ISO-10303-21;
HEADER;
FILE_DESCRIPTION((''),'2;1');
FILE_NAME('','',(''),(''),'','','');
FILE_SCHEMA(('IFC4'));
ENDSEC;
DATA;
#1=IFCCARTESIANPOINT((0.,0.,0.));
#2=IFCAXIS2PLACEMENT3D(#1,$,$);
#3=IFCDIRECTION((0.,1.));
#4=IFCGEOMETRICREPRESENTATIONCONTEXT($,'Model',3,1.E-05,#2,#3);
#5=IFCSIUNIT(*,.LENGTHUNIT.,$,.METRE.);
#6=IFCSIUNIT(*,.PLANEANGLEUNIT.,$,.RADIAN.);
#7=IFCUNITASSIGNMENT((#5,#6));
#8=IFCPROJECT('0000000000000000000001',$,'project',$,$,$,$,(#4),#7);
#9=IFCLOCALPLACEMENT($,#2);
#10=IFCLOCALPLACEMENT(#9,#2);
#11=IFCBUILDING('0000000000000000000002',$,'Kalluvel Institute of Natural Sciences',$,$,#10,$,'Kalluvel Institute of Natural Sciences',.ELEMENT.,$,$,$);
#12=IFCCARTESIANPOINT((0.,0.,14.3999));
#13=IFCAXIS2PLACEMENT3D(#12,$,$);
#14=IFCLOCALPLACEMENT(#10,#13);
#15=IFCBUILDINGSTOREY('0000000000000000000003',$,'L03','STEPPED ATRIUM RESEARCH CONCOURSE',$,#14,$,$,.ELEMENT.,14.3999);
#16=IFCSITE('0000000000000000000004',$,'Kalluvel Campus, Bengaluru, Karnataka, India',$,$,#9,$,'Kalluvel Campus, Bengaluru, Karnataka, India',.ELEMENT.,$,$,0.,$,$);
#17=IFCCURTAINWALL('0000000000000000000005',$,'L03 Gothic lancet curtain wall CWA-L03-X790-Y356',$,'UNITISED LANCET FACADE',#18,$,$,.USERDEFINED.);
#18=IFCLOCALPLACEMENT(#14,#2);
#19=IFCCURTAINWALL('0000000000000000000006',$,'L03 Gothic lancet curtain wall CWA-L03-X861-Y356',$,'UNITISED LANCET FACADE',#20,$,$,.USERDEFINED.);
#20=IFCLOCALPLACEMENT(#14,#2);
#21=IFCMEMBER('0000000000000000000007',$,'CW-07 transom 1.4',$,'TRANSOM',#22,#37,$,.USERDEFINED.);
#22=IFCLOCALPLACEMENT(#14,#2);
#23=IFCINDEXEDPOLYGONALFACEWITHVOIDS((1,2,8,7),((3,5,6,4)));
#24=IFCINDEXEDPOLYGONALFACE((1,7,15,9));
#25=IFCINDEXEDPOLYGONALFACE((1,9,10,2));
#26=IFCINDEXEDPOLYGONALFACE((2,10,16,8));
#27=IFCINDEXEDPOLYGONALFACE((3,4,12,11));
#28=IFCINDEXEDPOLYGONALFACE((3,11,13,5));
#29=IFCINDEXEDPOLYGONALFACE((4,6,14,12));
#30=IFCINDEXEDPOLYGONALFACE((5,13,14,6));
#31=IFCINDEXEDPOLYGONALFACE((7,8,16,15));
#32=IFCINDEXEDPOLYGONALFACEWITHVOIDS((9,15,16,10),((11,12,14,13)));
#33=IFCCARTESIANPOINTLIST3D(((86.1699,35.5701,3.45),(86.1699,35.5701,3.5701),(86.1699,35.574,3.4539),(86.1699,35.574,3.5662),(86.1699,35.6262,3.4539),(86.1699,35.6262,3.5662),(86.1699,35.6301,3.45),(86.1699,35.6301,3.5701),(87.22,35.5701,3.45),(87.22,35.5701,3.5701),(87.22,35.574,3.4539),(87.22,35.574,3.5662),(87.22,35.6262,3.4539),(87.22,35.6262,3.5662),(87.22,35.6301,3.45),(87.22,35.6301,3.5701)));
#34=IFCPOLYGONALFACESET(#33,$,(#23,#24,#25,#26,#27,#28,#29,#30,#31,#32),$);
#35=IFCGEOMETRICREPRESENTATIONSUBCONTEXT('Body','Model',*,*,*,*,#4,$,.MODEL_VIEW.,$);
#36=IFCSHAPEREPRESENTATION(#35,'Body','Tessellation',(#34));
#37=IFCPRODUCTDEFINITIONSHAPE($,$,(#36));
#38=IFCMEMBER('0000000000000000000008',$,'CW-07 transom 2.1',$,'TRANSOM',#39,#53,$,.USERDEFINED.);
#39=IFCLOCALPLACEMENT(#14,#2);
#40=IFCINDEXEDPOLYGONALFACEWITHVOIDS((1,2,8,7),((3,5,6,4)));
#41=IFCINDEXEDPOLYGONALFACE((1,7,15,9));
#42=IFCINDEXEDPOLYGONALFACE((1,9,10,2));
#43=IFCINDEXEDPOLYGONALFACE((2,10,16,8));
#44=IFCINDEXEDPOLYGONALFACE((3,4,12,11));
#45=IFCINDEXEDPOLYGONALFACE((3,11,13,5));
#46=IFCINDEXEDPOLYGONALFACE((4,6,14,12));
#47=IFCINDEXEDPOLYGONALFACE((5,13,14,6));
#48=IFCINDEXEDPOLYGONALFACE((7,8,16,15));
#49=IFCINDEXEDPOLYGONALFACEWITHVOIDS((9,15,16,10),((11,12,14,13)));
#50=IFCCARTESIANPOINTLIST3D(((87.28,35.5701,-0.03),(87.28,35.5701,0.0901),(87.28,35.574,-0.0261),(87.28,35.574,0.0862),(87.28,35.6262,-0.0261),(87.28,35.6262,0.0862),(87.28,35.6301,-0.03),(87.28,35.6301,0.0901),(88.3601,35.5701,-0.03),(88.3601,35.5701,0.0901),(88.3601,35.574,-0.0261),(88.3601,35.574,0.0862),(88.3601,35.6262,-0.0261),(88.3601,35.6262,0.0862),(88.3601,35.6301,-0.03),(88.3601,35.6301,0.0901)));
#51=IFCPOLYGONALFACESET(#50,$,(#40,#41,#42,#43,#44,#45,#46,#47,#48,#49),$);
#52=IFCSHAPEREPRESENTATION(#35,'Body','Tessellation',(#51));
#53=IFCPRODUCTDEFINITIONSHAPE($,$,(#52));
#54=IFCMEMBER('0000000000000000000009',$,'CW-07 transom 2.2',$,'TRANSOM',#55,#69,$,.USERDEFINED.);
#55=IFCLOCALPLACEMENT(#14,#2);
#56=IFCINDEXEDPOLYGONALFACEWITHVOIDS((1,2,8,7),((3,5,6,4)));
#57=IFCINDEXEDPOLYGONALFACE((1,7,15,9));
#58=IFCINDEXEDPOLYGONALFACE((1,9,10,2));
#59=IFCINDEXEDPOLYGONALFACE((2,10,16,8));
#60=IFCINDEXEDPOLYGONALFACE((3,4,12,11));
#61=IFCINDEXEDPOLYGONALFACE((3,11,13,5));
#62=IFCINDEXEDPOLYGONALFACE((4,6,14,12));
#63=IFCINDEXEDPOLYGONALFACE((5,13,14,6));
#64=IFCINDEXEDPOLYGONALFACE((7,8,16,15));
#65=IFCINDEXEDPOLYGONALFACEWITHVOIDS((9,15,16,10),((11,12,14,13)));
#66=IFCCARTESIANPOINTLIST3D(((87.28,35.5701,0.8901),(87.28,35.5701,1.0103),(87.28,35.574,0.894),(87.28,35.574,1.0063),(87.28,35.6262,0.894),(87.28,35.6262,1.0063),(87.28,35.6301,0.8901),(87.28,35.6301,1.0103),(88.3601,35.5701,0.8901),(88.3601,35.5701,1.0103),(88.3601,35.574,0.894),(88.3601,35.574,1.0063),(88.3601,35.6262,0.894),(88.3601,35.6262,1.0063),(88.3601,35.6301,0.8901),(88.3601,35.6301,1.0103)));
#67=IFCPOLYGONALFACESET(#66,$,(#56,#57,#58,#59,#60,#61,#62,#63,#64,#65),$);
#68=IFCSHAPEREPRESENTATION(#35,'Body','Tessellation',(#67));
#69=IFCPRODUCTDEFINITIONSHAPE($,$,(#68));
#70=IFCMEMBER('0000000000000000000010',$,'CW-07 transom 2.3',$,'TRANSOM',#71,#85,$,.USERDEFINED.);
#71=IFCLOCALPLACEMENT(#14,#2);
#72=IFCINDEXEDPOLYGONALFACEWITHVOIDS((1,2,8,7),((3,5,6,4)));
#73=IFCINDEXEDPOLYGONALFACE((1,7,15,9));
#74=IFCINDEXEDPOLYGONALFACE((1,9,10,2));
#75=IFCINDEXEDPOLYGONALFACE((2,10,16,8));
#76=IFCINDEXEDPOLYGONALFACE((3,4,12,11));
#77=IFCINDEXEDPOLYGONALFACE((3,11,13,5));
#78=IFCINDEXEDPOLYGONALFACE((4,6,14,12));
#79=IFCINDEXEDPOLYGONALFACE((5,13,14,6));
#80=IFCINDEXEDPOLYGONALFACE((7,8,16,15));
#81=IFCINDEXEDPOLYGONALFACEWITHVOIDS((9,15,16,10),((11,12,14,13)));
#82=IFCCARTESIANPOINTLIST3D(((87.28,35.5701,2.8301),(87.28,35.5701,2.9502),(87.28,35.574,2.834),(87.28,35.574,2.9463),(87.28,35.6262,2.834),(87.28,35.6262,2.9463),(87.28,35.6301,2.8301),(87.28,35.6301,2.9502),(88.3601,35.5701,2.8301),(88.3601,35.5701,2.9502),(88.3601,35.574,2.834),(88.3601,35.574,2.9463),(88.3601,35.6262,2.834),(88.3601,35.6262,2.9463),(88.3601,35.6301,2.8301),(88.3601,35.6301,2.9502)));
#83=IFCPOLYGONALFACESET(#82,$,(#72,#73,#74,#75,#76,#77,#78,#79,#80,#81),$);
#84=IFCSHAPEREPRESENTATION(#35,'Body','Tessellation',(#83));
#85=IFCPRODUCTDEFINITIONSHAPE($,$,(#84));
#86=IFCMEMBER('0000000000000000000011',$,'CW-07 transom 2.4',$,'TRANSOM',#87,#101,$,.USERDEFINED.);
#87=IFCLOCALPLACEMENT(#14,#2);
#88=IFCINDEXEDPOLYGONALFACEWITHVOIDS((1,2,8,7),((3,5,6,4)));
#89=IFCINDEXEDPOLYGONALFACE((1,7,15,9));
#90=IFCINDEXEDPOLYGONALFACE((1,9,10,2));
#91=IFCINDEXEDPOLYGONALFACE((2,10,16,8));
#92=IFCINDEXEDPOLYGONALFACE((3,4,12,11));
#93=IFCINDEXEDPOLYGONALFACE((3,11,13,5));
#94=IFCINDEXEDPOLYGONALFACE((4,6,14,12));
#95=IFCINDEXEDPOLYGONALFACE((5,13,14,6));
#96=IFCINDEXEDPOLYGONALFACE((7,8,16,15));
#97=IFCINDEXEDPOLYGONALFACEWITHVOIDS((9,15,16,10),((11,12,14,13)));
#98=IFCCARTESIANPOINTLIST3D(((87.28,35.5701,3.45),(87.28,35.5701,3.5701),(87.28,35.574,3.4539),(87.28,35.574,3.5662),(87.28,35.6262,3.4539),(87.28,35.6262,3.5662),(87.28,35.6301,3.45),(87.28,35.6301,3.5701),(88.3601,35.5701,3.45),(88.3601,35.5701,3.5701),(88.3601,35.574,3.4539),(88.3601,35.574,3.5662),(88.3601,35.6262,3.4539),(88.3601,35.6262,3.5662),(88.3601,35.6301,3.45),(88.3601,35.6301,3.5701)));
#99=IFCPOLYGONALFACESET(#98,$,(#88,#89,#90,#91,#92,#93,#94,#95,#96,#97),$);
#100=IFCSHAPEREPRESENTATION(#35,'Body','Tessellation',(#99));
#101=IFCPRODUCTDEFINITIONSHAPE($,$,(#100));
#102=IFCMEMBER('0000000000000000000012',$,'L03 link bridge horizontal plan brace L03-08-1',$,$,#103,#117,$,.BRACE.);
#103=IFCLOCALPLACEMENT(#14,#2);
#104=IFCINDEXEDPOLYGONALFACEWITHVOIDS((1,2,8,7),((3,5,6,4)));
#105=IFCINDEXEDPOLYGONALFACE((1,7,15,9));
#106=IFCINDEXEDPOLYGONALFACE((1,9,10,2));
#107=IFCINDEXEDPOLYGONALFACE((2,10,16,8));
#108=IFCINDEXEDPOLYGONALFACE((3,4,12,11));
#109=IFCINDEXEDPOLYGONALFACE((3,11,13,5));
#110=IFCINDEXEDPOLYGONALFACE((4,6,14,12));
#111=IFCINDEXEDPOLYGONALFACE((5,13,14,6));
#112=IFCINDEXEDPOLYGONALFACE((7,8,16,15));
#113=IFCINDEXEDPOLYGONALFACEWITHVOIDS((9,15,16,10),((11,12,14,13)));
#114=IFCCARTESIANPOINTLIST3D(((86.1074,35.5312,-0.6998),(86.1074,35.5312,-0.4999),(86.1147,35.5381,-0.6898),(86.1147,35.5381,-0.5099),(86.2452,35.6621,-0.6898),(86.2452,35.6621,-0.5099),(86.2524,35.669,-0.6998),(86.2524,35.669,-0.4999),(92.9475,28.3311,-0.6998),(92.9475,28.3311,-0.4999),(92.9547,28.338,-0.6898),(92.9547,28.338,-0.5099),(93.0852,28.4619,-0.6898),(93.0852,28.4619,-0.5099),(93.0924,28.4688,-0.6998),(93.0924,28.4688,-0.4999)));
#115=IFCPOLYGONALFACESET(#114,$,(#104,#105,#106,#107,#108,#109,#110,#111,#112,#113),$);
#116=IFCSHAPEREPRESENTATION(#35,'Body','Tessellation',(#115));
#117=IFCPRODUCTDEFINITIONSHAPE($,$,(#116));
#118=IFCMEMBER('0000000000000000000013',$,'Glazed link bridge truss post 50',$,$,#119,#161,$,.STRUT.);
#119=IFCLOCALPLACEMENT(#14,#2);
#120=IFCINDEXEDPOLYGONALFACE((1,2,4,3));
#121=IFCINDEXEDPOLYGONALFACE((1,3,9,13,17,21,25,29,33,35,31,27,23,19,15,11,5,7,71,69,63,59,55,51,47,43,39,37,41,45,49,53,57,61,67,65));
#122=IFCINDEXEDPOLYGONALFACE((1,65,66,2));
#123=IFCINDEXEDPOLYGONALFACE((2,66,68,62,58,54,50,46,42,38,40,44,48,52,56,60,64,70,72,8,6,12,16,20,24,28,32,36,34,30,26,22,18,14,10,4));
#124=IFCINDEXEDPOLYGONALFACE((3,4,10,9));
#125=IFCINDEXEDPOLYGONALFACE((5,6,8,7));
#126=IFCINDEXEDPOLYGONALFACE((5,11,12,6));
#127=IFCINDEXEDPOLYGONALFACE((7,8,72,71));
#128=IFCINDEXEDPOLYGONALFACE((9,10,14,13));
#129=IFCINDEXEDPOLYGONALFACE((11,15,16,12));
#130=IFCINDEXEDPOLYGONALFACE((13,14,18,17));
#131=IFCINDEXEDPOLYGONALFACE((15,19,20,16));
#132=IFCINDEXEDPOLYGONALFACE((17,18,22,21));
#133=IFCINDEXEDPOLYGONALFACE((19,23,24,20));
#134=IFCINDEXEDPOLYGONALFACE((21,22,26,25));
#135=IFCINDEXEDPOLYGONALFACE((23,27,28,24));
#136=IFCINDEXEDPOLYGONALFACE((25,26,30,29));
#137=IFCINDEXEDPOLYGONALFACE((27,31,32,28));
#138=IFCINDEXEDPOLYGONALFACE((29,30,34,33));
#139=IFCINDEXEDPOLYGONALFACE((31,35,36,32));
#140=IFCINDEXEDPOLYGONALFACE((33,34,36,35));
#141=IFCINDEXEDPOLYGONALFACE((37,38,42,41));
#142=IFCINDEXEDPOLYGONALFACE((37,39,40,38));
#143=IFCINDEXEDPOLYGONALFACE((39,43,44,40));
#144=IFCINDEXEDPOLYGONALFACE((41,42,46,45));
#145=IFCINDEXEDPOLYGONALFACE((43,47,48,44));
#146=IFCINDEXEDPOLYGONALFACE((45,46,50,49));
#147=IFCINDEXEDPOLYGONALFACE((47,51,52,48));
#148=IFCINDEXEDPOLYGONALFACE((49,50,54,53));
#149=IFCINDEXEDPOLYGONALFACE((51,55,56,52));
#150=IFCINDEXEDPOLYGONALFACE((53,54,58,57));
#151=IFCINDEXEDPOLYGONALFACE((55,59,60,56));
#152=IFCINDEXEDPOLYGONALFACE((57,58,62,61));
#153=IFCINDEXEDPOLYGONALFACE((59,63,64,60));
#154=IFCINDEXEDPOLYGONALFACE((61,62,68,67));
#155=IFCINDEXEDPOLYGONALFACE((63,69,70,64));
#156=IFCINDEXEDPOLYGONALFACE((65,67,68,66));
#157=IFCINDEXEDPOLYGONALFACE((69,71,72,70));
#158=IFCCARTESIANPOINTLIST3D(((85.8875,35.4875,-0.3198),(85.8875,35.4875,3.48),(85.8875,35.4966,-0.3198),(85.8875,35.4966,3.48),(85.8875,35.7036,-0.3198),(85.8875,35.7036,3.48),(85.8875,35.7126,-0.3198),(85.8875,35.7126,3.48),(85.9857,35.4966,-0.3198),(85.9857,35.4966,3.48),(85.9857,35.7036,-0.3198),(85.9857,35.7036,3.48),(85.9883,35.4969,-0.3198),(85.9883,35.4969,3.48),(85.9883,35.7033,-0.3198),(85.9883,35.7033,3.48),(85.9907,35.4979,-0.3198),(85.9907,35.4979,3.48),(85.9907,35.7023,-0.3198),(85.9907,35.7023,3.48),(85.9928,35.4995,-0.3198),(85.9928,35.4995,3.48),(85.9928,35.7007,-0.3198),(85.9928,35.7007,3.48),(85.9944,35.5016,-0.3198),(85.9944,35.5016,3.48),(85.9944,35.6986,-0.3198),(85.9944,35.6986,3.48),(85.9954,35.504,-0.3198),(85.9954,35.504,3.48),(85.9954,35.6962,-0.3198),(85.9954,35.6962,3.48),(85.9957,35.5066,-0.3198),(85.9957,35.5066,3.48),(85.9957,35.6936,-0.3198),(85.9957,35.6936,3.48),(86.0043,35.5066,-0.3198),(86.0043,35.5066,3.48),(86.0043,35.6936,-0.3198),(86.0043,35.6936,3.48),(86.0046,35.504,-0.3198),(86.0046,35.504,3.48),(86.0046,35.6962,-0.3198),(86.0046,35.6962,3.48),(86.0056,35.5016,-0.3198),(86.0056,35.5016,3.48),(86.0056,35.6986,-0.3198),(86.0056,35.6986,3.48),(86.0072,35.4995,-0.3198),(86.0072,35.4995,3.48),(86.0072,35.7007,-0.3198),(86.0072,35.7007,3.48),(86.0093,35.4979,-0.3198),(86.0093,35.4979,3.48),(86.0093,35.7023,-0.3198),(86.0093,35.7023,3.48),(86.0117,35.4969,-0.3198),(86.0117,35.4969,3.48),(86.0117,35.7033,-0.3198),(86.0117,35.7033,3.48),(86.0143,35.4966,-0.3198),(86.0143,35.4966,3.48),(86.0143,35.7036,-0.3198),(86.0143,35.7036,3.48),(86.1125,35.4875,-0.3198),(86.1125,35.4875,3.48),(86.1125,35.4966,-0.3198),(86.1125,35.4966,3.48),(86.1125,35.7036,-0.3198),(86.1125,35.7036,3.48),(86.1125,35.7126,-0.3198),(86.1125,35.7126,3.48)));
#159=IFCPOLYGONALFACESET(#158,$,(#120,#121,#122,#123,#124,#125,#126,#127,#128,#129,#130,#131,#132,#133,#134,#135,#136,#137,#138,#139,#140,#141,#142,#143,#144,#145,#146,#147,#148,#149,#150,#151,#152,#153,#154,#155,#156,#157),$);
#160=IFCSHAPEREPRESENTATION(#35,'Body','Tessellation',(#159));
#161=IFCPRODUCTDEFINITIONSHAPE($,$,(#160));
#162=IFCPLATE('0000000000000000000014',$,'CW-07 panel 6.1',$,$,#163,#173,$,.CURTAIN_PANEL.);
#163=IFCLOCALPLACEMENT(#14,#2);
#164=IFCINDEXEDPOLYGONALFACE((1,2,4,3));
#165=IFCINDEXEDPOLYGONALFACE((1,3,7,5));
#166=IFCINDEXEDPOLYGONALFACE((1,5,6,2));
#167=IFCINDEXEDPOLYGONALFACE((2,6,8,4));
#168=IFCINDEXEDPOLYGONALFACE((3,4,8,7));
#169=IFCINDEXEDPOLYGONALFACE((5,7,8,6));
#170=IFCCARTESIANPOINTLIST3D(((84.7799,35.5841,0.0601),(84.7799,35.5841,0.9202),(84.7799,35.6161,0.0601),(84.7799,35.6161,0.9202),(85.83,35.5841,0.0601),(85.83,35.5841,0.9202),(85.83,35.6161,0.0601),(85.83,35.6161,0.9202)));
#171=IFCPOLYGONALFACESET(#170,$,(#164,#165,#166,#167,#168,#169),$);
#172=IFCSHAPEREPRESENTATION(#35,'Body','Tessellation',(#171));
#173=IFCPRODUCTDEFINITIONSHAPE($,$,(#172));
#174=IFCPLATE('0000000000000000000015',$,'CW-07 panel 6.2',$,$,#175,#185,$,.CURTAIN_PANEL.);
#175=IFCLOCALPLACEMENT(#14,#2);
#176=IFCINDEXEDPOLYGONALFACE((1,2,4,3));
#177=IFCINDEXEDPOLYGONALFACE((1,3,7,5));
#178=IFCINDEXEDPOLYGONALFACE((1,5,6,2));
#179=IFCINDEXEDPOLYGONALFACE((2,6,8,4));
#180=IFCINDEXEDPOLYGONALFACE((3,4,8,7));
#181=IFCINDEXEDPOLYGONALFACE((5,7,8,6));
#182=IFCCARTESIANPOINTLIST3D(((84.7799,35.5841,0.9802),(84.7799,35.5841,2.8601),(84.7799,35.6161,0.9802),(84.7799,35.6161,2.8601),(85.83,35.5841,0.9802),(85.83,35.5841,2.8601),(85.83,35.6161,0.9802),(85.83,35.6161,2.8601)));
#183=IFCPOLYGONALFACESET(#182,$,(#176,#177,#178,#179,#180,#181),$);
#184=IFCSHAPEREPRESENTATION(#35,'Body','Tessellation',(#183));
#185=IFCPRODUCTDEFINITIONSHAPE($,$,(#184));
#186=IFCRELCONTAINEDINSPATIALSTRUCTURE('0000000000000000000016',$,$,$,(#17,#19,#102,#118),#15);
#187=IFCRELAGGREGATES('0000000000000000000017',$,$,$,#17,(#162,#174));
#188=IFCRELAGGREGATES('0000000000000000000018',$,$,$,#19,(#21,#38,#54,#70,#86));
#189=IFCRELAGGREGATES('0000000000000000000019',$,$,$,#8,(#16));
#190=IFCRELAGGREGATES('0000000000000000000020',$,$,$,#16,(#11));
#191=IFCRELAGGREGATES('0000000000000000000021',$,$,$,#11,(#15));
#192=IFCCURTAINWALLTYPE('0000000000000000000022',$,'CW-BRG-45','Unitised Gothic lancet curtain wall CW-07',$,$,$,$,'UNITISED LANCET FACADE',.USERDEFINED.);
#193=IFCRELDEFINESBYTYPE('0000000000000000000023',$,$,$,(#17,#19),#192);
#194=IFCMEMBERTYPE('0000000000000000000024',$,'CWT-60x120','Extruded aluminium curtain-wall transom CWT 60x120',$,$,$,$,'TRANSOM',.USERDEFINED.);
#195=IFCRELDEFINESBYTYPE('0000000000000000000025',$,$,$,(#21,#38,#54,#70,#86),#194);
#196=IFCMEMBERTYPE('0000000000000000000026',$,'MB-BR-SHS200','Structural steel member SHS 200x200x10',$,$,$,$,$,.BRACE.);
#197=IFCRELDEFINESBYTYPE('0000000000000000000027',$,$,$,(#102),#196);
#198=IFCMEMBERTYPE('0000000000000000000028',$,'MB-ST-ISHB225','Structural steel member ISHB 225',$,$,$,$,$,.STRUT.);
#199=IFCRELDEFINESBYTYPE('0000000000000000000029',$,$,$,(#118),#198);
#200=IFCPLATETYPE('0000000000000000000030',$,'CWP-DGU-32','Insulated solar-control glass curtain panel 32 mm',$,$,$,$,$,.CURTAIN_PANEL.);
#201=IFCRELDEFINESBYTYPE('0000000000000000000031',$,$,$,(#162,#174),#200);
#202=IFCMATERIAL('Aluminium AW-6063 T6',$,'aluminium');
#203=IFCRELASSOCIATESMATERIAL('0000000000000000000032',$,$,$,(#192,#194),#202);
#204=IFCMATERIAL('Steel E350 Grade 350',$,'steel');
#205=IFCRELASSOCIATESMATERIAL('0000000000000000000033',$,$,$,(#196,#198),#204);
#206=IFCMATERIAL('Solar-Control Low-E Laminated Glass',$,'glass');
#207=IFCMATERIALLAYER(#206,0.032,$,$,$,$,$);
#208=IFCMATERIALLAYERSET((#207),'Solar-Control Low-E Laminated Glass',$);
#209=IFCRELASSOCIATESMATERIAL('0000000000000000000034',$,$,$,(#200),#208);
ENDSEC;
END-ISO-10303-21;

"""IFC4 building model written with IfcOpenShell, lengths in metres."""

from ifc_helpers import new_model, si_unit, direction, frame, origin, origin_2d, place, context, subcontext, project, spatial, rectangle, hollow_rectangle, i_section, extrude, material, layer, layer_set, material_profile, profile_set, type_object, element, aggregate, save


model = new_model("IFC4")

# Units and contexts
model_context = context("Model", 3, precision=1e-05, world=origin(), true_north=direction((0.0, 1.0)))
body_context = subcontext(model_context, "Body", "Model", "MODEL_VIEW")
ifc_project = project(units=[si_unit("LENGTHUNIT", "METRE"), si_unit("PLANEANGLEUNIT", "RADIAN")], contexts=[model_context])

# Site, building, storey
site_placement = place(None, origin())
site = spatial("IfcSite", under=ifc_project, at=site_placement, Name="Kalluvel Campus, Bengaluru, Karnataka, India", LongName="Kalluvel Campus, Bengaluru, Karnataka, India", CompositionType="ELEMENT", RefElevation=0.0)
building_placement = place(site_placement, origin())
building = spatial("IfcBuilding", under=site, at=building_placement, Name="Kalluvel Institute of Natural Sciences", LongName="Kalluvel Institute of Natural Sciences", CompositionType="ELEMENT")
storey_placement = place(building_placement, frame((0.0, 0.0, 14.3999)))
storey = spatial("IfcBuildingStorey", under=building, at=storey_placement, Name="L03", Description="STEPPED ATRIUM RESEARCH CONCOURSE", CompositionType="ELEMENT", Elevation=14.3999)

# Curtain walls
ifc_material_1 = material(Name="Aluminium AW-6063 T6", Category="aluminium")
curtain_wall_type = type_object("IfcCurtainWallType", Name="CW-BRG-45", Description="Unitised Gothic lancet curtain wall CW-07", ElementType="UNITISED LANCET FACADE", PredefinedType="USERDEFINED", material=ifc_material_1)
curtain_wall_1_placement = place(storey_placement, origin())
curtain_wall_1 = element("IfcCurtainWall", 1, at=curtain_wall_1_placement, inside=storey, type_object=curtain_wall_type, Name="L03 Gothic lancet curtain wall CWA-L03-X790-Y356", ObjectType="UNITISED LANCET FACADE", PredefinedType="USERDEFINED")
curtain_wall_2_placement = place(storey_placement, origin())
curtain_wall_2 = element("IfcCurtainWall", 2, at=curtain_wall_2_placement, inside=storey, type_object=curtain_wall_type, Name="L03 Gothic lancet curtain wall CWA-L03-X861-Y356", ObjectType="UNITISED LANCET FACADE", PredefinedType="USERDEFINED")

# Members
ifc_material_profile_1 = material_profile(ifc_material_1, hollow_rectangle(XDim=0.0601, YDim=0.1201, WallThickness=0.0039, at=origin_2d()), Name="CWT 60x120")
ifc_profile_set_1 = profile_set([ifc_material_profile_1], Name="Aluminium AW-6063 T6")
member_type_1 = type_object("IfcMemberType", Name="CWT-60x120", Description="Extruded aluminium curtain-wall transom CWT 60x120", ElementType="TRANSOM", PredefinedType="USERDEFINED", material=ifc_profile_set_1)
member_1_placement = place(storey_placement, frame((86.1699, 35.6001, 3.51), z_axis=(1.0, 0.0, 0.0), x_axis=(0.0, 1.0, 0.0)))
member_1 = element("IfcMember", 3, at=member_1_placement, type_object=member_type_1, Name="CW-07 transom 1.4", ObjectType="TRANSOM", PredefinedType="USERDEFINED", context=body_context, shape_type="SweptSolid", body=[
    extrude(hollow_rectangle(XDim=0.0601, YDim=0.1201, WallThickness=0.0039, at=origin_2d()), origin(), (0.0, 0.0, 1.0), 1.05),
])
member_2_placement = place(storey_placement, frame((87.28, 35.6001, 0.03), z_axis=(1.0, 0.0, 0.0), x_axis=(0.0, 1.0, 0.0)))
member_2 = element("IfcMember", 4, at=member_2_placement, type_object=member_type_1, Name="CW-07 transom 2.1", ObjectType="TRANSOM", PredefinedType="USERDEFINED", context=body_context, shape_type="SweptSolid", body=[
    extrude(hollow_rectangle(XDim=0.0601, YDim=0.1201, WallThickness=0.0039, at=origin_2d()), origin(), (0.0, 0.0, 1.0), 1.0801),
])
member_3_placement = place(storey_placement, frame((87.28, 35.6001, 0.9502), z_axis=(1.0, 0.0, 0.0), x_axis=(0.0, 1.0, 0.0)))
member_3 = element("IfcMember", 5, at=member_3_placement, type_object=member_type_1, Name="CW-07 transom 2.2", ObjectType="TRANSOM", PredefinedType="USERDEFINED", context=body_context, shape_type="SweptSolid", body=[
    extrude(hollow_rectangle(XDim=0.0601, YDim=0.1201, WallThickness=0.0039, at=origin_2d()), origin(), (0.0, 0.0, 1.0), 1.0801),
])
member_4_placement = place(storey_placement, frame((87.28, 35.6001, 2.8901), z_axis=(1.0, 0.0, 0.0), x_axis=(0.0, 1.0, 0.0)))
member_4 = element("IfcMember", 6, at=member_4_placement, type_object=member_type_1, Name="CW-07 transom 2.3", ObjectType="TRANSOM", PredefinedType="USERDEFINED", context=body_context, shape_type="SweptSolid", body=[
    extrude(hollow_rectangle(XDim=0.0601, YDim=0.1201, WallThickness=0.0039, at=origin_2d()), origin(), (0.0, 0.0, 1.0), 1.0801),
])
member_5_placement = place(storey_placement, frame((87.28, 35.6001, 3.51), z_axis=(1.0, 0.0, 0.0), x_axis=(0.0, 1.0, 0.0)))
member_5 = element("IfcMember", 7, at=member_5_placement, type_object=member_type_1, Name="CW-07 transom 2.4", ObjectType="TRANSOM", PredefinedType="USERDEFINED", context=body_context, shape_type="SweptSolid", body=[
    extrude(hollow_rectangle(XDim=0.0601, YDim=0.1201, WallThickness=0.0039, at=origin_2d()), origin(), (0.0, 0.0, 1.0), 1.0801),
])

# Members
ifc_material_2 = material(Name="Steel E350 Grade 350", Category="steel")
ifc_material_profile_2 = material_profile(ifc_material_2, hollow_rectangle(XDim=0.2, YDim=0.2, WallThickness=0.01, at=origin_2d()), Name="SHS 200x200x10")
ifc_profile_set_2 = profile_set([ifc_material_profile_2], Name="Steel E350 Grade 350")
member_type_2 = type_object("IfcMemberType", Name="MB-BR-SHS200", Description="Structural steel member SHS 200x200x10", PredefinedType="BRACE", material=ifc_profile_set_2)
member_6_placement = place(storey_placement, frame((86.1799, 35.6001, -0.5999), z_axis=(0.688744, -0.725004, 0.0), x_axis=(0.725004, 0.688744, 0.0)))
element("IfcMember", 8, at=member_6_placement, inside=storey, type_object=member_type_2, Name="L03 link bridge horizontal plan brace L03-08-1", PredefinedType="BRACE", context=body_context, shape_type="SweptSolid", body=[
    extrude(hollow_rectangle(XDim=0.2, YDim=0.2, WallThickness=0.01, at=origin_2d()), origin(), (0.0, 0.0, 1.0), 9.9312),
])
ifc_material_profile_3 = material_profile(ifc_material_2, i_section(OverallWidth=0.2251, OverallDepth=0.2251, WebThickness=0.0085, FlangeThickness=0.009, FilletRadius=0.01, at=origin_2d()), Name="ISHB 225")
ifc_profile_set_3 = profile_set([ifc_material_profile_3], Name="Steel E350 Grade 350")
member_type_3 = type_object("IfcMemberType", Name="MB-ST-ISHB225", Description="Structural steel member ISHB 225", PredefinedType="STRUT", material=ifc_profile_set_3)
member_7_placement = place(storey_placement, frame((86.0, 35.6001, -0.3198), z_axis=(0.0, 0.0, 1.0), x_axis=(1.0, 0.0, 0.0)))
element("IfcMember", 9, at=member_7_placement, inside=storey, type_object=member_type_3, Name="Glazed link bridge truss post 50", PredefinedType="STRUT", context=body_context, shape_type="SweptSolid", body=[
    extrude(i_section(OverallWidth=0.2251, OverallDepth=0.2251, WebThickness=0.0085, FlangeThickness=0.009, FilletRadius=0.01, at=origin_2d()), origin(), (0.0, 0.0, 1.0), 3.7998),
])

# Plates
ifc_material_3 = material(Name="Solar-Control Low-E Laminated Glass", Category="glass")
ifc_layer = layer(ifc_material_3, 0.032)
ifc_layer_set = layer_set([ifc_layer], Name="Solar-Control Low-E Laminated Glass")
plate_type = type_object("IfcPlateType", Name="CWP-DGU-32", Description="Insulated solar-control glass curtain panel 32 mm", PredefinedType="CURTAIN_PANEL", material=ifc_layer_set)
plate_1_placement = place(storey_placement, frame((85.3049, 35.6001, 0.0601), z_axis=(0.0, 0.0, 1.0), x_axis=(1.0, 0.0, 0.0)))
plate_1 = element("IfcPlate", 10, at=plate_1_placement, type_object=plate_type, Name="CW-07 panel 6.1", PredefinedType="CURTAIN_PANEL", context=body_context, shape_type="SweptSolid", body=[
    extrude(rectangle(XDim=1.05, YDim=0.032, at=origin_2d()), origin(), (0.0, 0.0, 1.0), 0.8601),
])
plate_2_placement = place(storey_placement, frame((85.3049, 35.6001, 0.9802), z_axis=(0.0, 0.0, 1.0), x_axis=(1.0, 0.0, 0.0)))
plate_2 = element("IfcPlate", 11, at=plate_2_placement, type_object=plate_type, Name="CW-07 panel 6.2", PredefinedType="CURTAIN_PANEL", context=body_context, shape_type="SweptSolid", body=[
    extrude(rectangle(XDim=1.05, YDim=0.032, at=origin_2d()), origin(), (0.0, 0.0, 1.0), 1.8799),
])
aggregate(curtain_wall_1, [plate_1, plate_2])
aggregate(curtain_wall_2, [member_1, member_2, member_3, member_4, member_5])

save(model, "model.ifc")
